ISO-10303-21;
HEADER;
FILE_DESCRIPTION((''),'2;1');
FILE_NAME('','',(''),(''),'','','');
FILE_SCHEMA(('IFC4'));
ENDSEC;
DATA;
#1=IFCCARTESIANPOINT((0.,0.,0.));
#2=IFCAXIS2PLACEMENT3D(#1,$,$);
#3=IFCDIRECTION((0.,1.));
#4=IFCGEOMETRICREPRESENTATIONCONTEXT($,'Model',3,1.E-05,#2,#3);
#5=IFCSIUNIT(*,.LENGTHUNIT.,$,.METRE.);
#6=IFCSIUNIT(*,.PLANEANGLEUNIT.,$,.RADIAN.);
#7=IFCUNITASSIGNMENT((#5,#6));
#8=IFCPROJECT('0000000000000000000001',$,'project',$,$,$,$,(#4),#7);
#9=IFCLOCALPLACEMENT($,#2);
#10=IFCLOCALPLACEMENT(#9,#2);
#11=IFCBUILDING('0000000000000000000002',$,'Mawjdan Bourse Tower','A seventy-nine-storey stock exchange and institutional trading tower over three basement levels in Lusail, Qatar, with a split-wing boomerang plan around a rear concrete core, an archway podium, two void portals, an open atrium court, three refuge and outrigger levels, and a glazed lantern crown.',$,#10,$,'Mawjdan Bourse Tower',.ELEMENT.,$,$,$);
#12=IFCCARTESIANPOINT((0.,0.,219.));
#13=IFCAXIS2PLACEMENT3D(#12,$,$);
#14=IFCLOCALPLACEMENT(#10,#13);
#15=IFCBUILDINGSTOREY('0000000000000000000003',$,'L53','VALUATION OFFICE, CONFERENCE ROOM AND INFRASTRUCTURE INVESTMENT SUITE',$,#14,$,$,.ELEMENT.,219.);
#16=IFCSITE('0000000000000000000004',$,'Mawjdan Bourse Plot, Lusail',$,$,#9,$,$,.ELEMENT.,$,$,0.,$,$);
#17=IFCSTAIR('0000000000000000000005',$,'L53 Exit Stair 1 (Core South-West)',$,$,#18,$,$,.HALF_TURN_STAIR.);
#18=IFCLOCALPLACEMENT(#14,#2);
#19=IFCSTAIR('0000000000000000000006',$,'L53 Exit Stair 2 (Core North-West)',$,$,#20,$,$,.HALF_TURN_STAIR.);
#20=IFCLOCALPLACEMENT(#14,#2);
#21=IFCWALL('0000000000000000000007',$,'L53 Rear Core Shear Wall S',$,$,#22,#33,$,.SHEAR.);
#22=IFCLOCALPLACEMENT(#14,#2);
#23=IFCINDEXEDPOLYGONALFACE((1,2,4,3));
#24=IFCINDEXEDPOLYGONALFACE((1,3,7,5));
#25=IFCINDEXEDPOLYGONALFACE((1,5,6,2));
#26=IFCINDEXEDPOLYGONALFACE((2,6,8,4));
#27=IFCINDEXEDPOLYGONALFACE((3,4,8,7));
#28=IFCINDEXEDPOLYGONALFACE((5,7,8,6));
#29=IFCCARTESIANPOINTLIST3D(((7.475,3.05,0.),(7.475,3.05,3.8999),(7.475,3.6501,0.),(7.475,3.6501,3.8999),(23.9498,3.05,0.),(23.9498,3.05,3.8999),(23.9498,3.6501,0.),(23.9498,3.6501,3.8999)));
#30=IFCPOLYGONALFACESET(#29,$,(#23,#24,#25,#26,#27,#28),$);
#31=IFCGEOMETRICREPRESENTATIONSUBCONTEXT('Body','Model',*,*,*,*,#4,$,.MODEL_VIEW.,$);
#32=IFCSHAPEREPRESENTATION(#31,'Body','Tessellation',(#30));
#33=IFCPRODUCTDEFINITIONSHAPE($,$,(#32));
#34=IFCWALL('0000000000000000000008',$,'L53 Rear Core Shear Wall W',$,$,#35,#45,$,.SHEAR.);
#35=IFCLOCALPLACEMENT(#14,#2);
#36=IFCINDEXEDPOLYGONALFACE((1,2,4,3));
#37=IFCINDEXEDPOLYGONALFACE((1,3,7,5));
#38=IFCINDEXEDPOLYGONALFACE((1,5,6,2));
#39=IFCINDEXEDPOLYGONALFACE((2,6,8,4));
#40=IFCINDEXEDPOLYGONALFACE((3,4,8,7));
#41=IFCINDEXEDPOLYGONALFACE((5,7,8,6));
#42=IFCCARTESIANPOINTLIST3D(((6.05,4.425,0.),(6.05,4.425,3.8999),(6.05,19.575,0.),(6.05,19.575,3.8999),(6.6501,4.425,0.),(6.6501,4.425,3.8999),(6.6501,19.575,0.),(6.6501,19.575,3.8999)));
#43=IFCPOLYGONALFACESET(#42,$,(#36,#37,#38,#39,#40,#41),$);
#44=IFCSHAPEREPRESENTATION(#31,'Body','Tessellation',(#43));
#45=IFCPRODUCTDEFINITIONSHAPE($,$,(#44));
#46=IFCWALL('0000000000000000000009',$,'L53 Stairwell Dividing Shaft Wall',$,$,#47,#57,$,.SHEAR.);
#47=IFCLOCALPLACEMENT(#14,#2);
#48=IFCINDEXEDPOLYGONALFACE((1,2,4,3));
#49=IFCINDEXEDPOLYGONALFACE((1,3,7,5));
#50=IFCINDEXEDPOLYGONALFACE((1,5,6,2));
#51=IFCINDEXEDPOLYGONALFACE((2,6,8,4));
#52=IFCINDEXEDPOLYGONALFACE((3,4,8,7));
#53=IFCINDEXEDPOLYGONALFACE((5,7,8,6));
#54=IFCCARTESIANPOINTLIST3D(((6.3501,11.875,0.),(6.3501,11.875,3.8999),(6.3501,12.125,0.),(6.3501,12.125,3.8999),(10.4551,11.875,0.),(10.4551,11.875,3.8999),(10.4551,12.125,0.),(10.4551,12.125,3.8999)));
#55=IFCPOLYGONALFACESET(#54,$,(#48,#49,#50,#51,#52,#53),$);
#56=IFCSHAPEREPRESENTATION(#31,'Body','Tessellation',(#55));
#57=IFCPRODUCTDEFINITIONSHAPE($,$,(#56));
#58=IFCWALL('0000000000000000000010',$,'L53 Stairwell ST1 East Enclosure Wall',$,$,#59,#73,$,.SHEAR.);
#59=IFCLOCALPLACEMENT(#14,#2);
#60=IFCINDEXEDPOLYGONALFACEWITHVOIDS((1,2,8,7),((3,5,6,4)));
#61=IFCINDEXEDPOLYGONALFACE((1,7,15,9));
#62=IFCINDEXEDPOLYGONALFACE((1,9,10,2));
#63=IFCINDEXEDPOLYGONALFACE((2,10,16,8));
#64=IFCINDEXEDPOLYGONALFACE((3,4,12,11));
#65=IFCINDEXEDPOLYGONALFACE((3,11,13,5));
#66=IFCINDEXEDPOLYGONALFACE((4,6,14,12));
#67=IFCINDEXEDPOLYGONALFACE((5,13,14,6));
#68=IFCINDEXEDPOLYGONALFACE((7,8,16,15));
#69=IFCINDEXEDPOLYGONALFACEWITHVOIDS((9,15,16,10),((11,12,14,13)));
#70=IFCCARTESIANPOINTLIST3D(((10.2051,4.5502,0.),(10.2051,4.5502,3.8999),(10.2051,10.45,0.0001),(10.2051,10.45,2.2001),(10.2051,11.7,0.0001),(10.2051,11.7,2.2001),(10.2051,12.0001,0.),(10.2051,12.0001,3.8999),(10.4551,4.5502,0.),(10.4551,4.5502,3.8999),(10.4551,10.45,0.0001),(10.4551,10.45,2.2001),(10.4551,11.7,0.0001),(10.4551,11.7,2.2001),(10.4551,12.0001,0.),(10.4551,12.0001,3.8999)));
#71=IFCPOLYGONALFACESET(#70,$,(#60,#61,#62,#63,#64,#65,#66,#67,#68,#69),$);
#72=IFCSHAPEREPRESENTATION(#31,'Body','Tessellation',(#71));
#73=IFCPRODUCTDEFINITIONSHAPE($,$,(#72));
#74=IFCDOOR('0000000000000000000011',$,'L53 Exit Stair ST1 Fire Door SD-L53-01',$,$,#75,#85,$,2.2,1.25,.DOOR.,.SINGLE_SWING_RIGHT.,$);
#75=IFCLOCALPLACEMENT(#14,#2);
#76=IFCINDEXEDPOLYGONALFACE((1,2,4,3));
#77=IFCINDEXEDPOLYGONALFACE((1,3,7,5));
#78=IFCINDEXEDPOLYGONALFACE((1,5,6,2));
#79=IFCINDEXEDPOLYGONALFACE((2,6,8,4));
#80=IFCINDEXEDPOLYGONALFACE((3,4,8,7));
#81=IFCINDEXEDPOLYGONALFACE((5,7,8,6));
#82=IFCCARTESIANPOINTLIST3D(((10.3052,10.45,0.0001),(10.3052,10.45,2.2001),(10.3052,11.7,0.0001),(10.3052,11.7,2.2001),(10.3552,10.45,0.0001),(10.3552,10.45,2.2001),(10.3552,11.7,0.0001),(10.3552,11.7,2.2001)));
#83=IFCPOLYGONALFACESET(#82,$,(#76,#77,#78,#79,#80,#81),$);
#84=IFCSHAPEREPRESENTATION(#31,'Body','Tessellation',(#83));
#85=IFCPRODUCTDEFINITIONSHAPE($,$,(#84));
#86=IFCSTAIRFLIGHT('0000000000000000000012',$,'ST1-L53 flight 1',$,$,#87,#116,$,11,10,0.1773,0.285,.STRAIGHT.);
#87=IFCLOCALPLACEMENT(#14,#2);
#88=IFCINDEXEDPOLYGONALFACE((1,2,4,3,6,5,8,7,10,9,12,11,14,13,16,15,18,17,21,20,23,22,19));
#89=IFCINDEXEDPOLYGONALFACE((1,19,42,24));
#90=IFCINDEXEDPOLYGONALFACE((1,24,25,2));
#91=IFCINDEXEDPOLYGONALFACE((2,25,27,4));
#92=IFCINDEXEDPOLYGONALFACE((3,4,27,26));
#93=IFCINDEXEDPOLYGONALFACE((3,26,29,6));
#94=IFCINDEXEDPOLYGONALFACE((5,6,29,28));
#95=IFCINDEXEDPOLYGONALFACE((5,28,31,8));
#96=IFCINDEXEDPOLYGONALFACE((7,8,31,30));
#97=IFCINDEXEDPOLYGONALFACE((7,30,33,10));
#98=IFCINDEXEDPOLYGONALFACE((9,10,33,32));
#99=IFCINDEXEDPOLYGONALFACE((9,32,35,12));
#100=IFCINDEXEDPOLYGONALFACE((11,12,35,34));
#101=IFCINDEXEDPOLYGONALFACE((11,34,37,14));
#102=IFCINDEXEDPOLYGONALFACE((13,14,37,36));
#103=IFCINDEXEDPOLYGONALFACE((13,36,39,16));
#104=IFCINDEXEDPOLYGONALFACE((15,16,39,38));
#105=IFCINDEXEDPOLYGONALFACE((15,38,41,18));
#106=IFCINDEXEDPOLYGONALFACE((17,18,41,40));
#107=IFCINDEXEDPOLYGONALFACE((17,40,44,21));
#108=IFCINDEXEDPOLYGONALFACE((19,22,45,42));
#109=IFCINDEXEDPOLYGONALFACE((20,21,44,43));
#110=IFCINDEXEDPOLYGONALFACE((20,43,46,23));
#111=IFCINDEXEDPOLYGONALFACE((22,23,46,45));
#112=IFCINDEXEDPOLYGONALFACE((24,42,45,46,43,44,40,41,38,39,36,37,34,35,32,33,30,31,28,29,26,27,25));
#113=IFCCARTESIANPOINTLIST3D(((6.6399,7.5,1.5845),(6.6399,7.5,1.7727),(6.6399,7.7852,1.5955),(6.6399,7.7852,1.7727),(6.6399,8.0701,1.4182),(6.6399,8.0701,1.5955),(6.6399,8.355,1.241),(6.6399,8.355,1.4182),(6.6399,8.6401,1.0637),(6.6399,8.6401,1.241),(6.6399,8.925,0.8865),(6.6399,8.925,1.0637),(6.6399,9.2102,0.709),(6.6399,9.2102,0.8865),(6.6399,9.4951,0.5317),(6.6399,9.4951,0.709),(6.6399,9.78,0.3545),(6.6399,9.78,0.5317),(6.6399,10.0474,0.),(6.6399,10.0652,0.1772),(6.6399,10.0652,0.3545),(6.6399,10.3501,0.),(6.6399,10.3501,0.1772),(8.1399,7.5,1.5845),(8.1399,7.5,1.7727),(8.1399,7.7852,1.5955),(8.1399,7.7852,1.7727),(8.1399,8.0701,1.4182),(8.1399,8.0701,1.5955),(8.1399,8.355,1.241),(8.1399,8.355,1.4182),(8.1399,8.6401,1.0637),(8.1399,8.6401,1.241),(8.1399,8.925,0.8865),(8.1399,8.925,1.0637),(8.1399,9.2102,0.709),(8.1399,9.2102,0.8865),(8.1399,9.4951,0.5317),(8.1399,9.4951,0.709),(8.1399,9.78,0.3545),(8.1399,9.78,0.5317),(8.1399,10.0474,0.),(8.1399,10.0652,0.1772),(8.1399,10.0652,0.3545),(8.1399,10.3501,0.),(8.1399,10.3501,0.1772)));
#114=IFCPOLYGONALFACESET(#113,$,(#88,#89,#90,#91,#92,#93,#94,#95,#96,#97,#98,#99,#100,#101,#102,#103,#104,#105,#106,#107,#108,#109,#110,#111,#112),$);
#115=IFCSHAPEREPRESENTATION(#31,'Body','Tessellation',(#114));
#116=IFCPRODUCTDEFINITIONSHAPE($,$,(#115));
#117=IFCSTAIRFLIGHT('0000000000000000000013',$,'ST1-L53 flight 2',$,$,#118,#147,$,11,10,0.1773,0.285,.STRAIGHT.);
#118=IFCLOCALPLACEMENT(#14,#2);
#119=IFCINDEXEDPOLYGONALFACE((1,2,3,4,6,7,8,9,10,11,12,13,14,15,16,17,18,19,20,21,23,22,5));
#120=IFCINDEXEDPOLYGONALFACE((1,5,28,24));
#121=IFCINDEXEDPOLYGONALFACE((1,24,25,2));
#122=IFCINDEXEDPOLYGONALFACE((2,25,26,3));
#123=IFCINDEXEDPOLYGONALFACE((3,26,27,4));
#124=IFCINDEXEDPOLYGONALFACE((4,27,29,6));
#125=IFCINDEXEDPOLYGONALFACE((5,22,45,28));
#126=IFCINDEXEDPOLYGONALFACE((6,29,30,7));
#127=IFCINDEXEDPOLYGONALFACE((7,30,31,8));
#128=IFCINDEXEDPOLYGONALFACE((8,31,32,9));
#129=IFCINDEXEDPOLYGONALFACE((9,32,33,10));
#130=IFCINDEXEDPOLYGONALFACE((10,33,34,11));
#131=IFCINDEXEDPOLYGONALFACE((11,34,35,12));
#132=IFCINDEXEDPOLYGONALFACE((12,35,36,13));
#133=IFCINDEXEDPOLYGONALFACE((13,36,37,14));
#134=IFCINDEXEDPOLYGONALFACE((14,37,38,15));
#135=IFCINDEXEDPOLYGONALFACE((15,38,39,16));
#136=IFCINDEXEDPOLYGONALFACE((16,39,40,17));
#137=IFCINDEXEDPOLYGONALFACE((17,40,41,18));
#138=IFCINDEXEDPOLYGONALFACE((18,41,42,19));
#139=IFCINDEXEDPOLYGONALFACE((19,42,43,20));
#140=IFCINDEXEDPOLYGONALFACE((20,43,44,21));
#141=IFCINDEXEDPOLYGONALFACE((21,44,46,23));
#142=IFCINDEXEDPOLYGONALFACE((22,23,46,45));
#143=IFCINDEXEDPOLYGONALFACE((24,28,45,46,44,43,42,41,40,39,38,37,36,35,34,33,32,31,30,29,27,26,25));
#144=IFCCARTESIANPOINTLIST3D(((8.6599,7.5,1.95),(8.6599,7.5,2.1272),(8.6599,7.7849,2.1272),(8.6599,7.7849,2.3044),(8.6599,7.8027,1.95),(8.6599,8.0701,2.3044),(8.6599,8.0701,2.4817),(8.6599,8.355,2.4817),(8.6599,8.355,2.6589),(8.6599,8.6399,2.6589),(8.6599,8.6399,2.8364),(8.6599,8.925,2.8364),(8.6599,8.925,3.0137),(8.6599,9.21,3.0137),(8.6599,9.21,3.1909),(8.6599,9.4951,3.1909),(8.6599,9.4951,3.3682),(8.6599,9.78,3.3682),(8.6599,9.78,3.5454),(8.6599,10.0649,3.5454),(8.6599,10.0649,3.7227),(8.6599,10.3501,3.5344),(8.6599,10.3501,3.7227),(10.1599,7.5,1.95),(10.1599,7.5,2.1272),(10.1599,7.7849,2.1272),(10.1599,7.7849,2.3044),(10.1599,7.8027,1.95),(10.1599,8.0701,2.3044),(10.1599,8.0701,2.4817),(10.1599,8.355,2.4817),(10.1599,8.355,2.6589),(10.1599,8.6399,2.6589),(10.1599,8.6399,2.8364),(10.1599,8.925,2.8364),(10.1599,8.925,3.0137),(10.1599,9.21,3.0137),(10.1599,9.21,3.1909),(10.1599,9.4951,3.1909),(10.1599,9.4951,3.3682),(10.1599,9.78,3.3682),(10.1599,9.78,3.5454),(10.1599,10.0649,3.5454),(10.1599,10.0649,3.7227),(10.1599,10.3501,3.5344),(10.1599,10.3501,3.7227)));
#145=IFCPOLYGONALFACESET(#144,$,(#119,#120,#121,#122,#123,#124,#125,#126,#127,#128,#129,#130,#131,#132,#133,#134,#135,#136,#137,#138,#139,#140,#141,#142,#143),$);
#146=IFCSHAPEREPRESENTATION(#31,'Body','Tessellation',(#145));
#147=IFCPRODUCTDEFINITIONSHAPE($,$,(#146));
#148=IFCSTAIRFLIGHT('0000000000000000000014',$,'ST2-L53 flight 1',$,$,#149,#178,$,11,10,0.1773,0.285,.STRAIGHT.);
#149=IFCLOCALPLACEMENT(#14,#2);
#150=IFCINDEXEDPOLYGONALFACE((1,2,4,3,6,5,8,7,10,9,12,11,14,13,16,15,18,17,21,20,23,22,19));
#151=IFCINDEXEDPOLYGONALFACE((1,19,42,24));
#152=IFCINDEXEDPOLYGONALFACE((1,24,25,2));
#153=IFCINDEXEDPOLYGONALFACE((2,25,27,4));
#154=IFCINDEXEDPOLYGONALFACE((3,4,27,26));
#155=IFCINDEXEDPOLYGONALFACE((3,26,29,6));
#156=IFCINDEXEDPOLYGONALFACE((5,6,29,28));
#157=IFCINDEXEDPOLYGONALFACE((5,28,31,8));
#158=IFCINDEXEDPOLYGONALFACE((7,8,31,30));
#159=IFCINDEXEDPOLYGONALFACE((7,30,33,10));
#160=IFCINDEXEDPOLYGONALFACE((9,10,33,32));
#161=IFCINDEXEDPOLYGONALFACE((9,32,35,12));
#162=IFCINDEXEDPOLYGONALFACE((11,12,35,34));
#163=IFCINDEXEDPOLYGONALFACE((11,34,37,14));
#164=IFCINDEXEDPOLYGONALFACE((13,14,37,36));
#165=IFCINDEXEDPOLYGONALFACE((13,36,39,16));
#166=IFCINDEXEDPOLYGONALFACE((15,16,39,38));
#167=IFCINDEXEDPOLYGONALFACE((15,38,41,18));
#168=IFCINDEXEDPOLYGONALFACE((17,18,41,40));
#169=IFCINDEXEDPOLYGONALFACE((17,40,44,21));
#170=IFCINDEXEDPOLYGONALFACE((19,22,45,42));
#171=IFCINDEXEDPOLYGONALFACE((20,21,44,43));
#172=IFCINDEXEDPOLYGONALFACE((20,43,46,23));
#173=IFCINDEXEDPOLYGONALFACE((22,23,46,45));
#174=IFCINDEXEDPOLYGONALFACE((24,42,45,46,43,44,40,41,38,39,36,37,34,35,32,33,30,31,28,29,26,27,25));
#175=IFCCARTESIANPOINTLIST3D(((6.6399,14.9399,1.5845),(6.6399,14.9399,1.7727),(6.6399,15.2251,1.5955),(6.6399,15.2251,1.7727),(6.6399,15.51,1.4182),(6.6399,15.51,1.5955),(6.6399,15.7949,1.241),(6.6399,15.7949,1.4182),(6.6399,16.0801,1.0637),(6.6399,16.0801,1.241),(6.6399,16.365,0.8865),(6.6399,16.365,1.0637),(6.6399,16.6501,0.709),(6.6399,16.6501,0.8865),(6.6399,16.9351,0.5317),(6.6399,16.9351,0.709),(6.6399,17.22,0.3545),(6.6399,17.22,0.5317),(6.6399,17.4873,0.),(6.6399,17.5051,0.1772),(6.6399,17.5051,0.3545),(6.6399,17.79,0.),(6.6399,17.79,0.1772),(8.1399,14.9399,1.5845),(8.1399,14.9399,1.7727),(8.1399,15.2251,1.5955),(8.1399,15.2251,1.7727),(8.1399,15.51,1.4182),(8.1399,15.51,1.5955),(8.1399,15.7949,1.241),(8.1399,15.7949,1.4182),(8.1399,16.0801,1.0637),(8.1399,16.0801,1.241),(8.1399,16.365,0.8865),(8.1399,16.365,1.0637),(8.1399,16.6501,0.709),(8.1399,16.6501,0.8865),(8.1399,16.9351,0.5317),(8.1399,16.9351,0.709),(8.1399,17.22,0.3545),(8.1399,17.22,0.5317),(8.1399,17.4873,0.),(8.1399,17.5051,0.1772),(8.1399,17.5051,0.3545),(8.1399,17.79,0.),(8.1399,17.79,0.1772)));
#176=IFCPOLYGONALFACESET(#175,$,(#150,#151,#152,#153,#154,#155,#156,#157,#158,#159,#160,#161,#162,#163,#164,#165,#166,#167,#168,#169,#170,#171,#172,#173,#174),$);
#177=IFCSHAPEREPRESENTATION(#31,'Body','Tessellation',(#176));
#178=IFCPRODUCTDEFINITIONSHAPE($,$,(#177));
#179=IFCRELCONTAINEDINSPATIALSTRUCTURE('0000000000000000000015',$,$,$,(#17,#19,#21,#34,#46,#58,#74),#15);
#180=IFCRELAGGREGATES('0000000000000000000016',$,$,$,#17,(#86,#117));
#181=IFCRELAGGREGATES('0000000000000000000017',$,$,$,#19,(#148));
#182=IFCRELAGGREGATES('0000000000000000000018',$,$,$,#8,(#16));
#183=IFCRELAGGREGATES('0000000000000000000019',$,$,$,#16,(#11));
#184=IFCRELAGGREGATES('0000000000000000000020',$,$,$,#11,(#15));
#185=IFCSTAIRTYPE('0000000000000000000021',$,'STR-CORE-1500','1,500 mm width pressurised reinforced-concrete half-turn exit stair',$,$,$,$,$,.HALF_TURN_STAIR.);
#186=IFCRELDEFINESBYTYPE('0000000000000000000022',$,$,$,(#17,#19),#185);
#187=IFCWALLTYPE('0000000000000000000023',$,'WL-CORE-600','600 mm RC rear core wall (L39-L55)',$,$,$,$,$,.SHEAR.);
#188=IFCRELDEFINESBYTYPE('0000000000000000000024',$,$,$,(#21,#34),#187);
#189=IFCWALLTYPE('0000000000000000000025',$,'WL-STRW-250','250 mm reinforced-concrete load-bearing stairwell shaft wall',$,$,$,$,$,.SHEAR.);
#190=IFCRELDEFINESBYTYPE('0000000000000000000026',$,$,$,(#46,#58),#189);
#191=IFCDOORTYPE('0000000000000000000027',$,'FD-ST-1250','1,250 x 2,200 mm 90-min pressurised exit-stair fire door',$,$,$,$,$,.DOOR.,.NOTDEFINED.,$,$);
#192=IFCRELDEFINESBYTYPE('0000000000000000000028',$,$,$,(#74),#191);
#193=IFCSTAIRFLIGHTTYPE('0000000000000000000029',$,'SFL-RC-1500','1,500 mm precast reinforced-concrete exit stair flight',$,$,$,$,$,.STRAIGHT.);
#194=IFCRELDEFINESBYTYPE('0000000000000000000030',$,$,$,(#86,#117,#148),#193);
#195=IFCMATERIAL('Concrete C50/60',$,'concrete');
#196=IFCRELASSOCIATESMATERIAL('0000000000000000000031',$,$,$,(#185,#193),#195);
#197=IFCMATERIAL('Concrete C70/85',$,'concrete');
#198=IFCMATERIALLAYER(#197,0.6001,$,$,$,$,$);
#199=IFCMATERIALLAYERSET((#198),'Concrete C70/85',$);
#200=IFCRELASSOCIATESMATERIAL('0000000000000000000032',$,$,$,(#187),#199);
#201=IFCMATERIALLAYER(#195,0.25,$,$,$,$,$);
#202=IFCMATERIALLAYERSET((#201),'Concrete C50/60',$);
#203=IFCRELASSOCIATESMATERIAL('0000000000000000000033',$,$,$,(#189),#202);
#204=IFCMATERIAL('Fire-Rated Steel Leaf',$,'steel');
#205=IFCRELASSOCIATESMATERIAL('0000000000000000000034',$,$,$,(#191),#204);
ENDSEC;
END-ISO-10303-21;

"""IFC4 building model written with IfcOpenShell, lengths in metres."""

from ifc_helpers import new_model, si_unit, direction, frame, frame_2d, origin, place, context, subcontext, project, spatial, polyline, rectangle, outline, extrude, material, layer, layer_set, type_object, element, fill, aggregate, save


model = new_model("IFC4")

# Units and contexts
model_context = context("Model", 3, precision=1e-05, world=origin(), true_north=direction((0.0, 1.0)))
body_context = subcontext(model_context, "Body", "Model", "MODEL_VIEW")
ifc_project = project(units=[si_unit("LENGTHUNIT", "METRE"), si_unit("PLANEANGLEUNIT", "RADIAN")], contexts=[model_context])

# Site, building, storey
site_placement = place(None, origin())
site = spatial("IfcSite", under=ifc_project, at=site_placement, Name="Mawjdan Bourse Plot, Lusail", CompositionType="ELEMENT", RefElevation=0.0)
building_placement = place(site_placement, origin())
building = spatial("IfcBuilding", under=site, at=building_placement, Name="Mawjdan Bourse Tower", Description="A seventy-nine-storey stock exchange and institutional trading tower over three basement levels in Lusail, Qatar, with a split-wing boomerang plan around a rear concrete core, an archway podium, two void portals, an open atrium court, three refuge and outrigger levels, and a glazed lantern crown.", LongName="Mawjdan Bourse Tower", CompositionType="ELEMENT")
storey_placement = place(building_placement, frame((0.0, 0.0, 219.0)))
storey = spatial("IfcBuildingStorey", under=building, at=storey_placement, Name="L53", Description="VALUATION OFFICE, CONFERENCE ROOM AND INFRASTRUCTURE INVESTMENT SUITE", CompositionType="ELEMENT", Elevation=219.0)

# Stairs
ifc_material_1 = material(Name="Concrete C50/60", Category="concrete")
stair_type = type_object("IfcStairType", Name="STR-CORE-1500", Description="1,500 mm width pressurised reinforced-concrete half-turn exit stair", PredefinedType="HALF_TURN_STAIR", material=ifc_material_1)
stair_1_placement = place(storey_placement, origin())
stair_1 = element("IfcStair", 1, at=stair_1_placement, inside=storey, type_object=stair_type, Name="L53 Exit Stair 1 (Core South-West)", PredefinedType="HALF_TURN_STAIR")
stair_2_placement = place(storey_placement, origin())
stair_2 = element("IfcStair", 2, at=stair_2_placement, inside=storey, type_object=stair_type, Name="L53 Exit Stair 2 (Core North-West)", PredefinedType="HALF_TURN_STAIR")

# Walls
ifc_material_2 = material(Name="Concrete C70/85", Category="concrete")
ifc_layer_1 = layer(ifc_material_2, 0.6001)
ifc_layer_set_1 = layer_set([ifc_layer_1], Name="Concrete C70/85")
wall_type_1 = type_object("IfcWallType", Name="WL-CORE-600", Description="600 mm RC rear core wall (L39-L55)", PredefinedType="SHEAR", material=ifc_layer_set_1)
wall_1_placement = place(storey_placement, frame((7.4751, 3.3501, 0.0), z_axis=(0.0, 0.0, 1.0), x_axis=(1.0, 0.0, 0.0)))
element("IfcWall", 3, at=wall_1_placement, inside=storey, type_object=wall_type_1, Name="L53 Rear Core Shear Wall S", PredefinedType="SHEAR", context=body_context, shape_type="SweptSolid", body=[
    extrude(rectangle(XDim=16.4749, YDim=0.6001, at=frame_2d((8.2373, 0.0))), origin(), (0.0, 0.0, 1.0), 3.8999),
])
wall_2_placement = place(storey_placement, frame((6.3501, 4.425, 0.0), z_axis=(0.0, 0.0, 1.0), x_axis=(0.0, 1.0, 0.0)))
element("IfcWall", 4, at=wall_2_placement, inside=storey, type_object=wall_type_1, Name="L53 Rear Core Shear Wall W", PredefinedType="SHEAR", context=body_context, shape_type="SweptSolid", body=[
    extrude(rectangle(XDim=15.1499, YDim=0.6001, at=frame_2d((7.575, 0.0))), origin(), (0.0, 0.0, 1.0), 3.8999),
])
ifc_layer_2 = layer(ifc_material_1, 0.25)
ifc_layer_set_2 = layer_set([ifc_layer_2], Name="Concrete C50/60")
wall_type_2 = type_object("IfcWallType", Name="WL-STRW-250", Description="250 mm reinforced-concrete load-bearing stairwell shaft wall", PredefinedType="SHEAR", material=ifc_layer_set_2)
wall_3_placement = place(storey_placement, frame((6.3501, 12.0, 0.0), z_axis=(0.0, 0.0, 1.0), x_axis=(1.0, 0.0, 0.0)))
element("IfcWall", 5, at=wall_3_placement, inside=storey, type_object=wall_type_2, Name="L53 Stairwell Dividing Shaft Wall", PredefinedType="SHEAR", context=body_context, shape_type="SweptSolid", body=[
    extrude(rectangle(XDim=4.105, YDim=0.25, at=frame_2d((2.0525, 0.0))), origin(), (0.0, 0.0, 1.0), 3.8999),
])

# Wall, opening, door
wall_4_placement = place(storey_placement, frame((10.3301, 4.55, 0.0), z_axis=(0.0, 0.0, 1.0), x_axis=(0.0, 1.0, 0.0)))
wall_4 = element("IfcWall", 6, at=wall_4_placement, inside=storey, type_object=wall_type_2, Name="L53 Stairwell ST1 East Enclosure Wall", PredefinedType="SHEAR", context=body_context, shape_type="SweptSolid", body=[
    extrude(rectangle(XDim=7.45, YDim=0.25, at=frame_2d((3.7251, 0.0))), origin(), (0.0, 0.0, 1.0), 3.8999),
])
opening_placement = place(wall_4_placement, frame((5.8999, 0.0, 0.0)))
opening = element("IfcOpeningElement", 7, at=opening_placement, cuts=wall_4, PredefinedType="OPENING", context=body_context, shape_type="SweptSolid", body=[
    extrude(rectangle(XDim=1.25, YDim=2.2, at=frame_2d((0.625, 1.1001))), frame((0.0, 0.135, 0.0), z_axis=(0.0, -1.0, 0.0), x_axis=(1.0, 0.0, 0.0)), (0.0, 0.0, 1.0), 0.27),
])
ifc_material_3 = material(Name="Fire-Rated Steel Leaf", Category="steel")
door_type = type_object("IfcDoorType", Name="FD-ST-1250", Description="1,250 x 2,200 mm 90-min pressurised exit-stair fire door", OperationType="NOTDEFINED", PredefinedType="DOOR", material=ifc_material_3)
door_placement = place(opening_placement, origin())
door = element("IfcDoor", 8, at=door_placement, inside=storey, type_object=door_type, Name="L53 Exit Stair ST1 Fire Door SD-L53-01", OperationType="SINGLE_SWING_RIGHT", OverallHeight=2.2, OverallWidth=1.25, PredefinedType="DOOR", context=body_context, shape_type="SweptSolid", body=[
    extrude(rectangle(XDim=1.25, YDim=2.2, at=frame_2d((0.625, 1.1001))), frame((0.0, 0.0249, 0.0), z_axis=(0.0, -1.0, 0.0), x_axis=(1.0, 0.0, 0.0)), (0.0, 0.0, 1.0), 0.05),
])
fill(opening, door)

# Stair flights
stair_flight_type = type_object("IfcStairFlightType", Name="SFL-RC-1500", Description="1,500 mm precast reinforced-concrete exit stair flight", PredefinedType="STRAIGHT", material=ifc_material_1)
stair_flight_1_placement = place(storey_placement, frame((7.3899, 10.3501, 0.0), z_axis=(0.0, 0.0, 1.0), x_axis=(0.0, -1.0, 0.0)))
stair_flight_1 = element("IfcStairFlight", 9, at=stair_flight_1_placement, type_object=stair_flight_type, Name="ST1-L53 flight 1", NumberOfRisers=11, NumberOfTreads=10, PredefinedType="STRAIGHT", RiserHeight=0.1773, TreadLength=0.285, context=body_context, shape_type="SweptSolid", body=[
    extrude(outline(polyline([(0.0, 0.0), (0.0, 0.1772), (0.2849, 0.1772), (0.2849, 0.3545), (0.5701, 0.3545), (0.5701, 0.5317), (0.855, 0.5317), (0.855, 0.709), (1.1399, 0.709), (1.1399, 0.8865), (1.425, 0.8865), (1.425, 1.0637), (1.71, 1.0637), (1.71, 1.241), (1.9951, 1.241), (1.9951, 1.4182), (2.28, 1.4182), (2.28, 1.5955), (2.5649, 1.5955), (2.5649, 1.7727), (2.8501, 1.7727), (2.8501, 1.95), (2.8501, 1.5845), (0.3027, 0.0), (0.0, 0.0)])), frame((0.0, 0.75, 0.0), z_axis=(0.0, -1.0, 0.0), x_axis=(1.0, 0.0, 0.0)), (0.0, 0.0, 1.0), 1.5),
])
stair_flight_2_placement = place(storey_placement, frame((9.4099, 7.5, 1.95), z_axis=(0.0, 0.0, 1.0), x_axis=(0.0, 1.0, 0.0)))
stair_flight_2 = element("IfcStairFlight", 10, at=stair_flight_2_placement, type_object=stair_flight_type, Name="ST1-L53 flight 2", NumberOfRisers=11, NumberOfTreads=10, PredefinedType="STRAIGHT", RiserHeight=0.1773, TreadLength=0.285, context=body_context, shape_type="SweptSolid", body=[
    extrude(outline(polyline([(0.0, 0.0), (0.0, 0.1772), (0.2849, 0.1772), (0.2849, 0.3545), (0.5701, 0.3545), (0.5701, 0.5317), (0.855, 0.5317), (0.855, 0.709), (1.1399, 0.709), (1.1399, 0.8865), (1.425, 0.8865), (1.425, 1.0637), (1.71, 1.0637), (1.71, 1.241), (1.9951, 1.241), (1.9951, 1.4182), (2.28, 1.4182), (2.28, 1.5955), (2.5649, 1.5955), (2.5649, 1.7727), (2.8501, 1.7727), (2.8501, 1.95), (2.8501, 1.5845), (0.3027, 0.0), (0.0, 0.0)])), frame((0.0, 0.75, 0.0), z_axis=(0.0, -1.0, 0.0), x_axis=(1.0, 0.0, 0.0)), (0.0, 0.0, 1.0), 1.5),
])
aggregate(stair_1, [stair_flight_1, stair_flight_2])
stair_flight_3_placement = place(storey_placement, frame((7.3899, 17.79, 0.0), z_axis=(0.0, 0.0, 1.0), x_axis=(0.0, -1.0, 0.0)))
stair_flight_3 = element("IfcStairFlight", 11, at=stair_flight_3_placement, type_object=stair_flight_type, Name="ST2-L53 flight 1", NumberOfRisers=11, NumberOfTreads=10, PredefinedType="STRAIGHT", RiserHeight=0.1773, TreadLength=0.285, context=body_context, shape_type="SweptSolid", body=[
    extrude(outline(polyline([(0.0, 0.0), (0.0, 0.1772), (0.2849, 0.1772), (0.2849, 0.3545), (0.5701, 0.3545), (0.5701, 0.5317), (0.855, 0.5317), (0.855, 0.709), (1.1399, 0.709), (1.1399, 0.8865), (1.425, 0.8865), (1.425, 1.0637), (1.71, 1.0637), (1.71, 1.241), (1.9951, 1.241), (1.9951, 1.4182), (2.28, 1.4182), (2.28, 1.5955), (2.5649, 1.5955), (2.5649, 1.7727), (2.8501, 1.7727), (2.8501, 1.95), (2.8501, 1.5845), (0.3027, 0.0), (0.0, 0.0)])), frame((0.0, 0.75, 0.0), z_axis=(0.0, -1.0, 0.0), x_axis=(1.0, 0.0, 0.0)), (0.0, 0.0, 1.0), 1.5),
])
aggregate(stair_2, [stair_flight_3])

save(model, "model.ifc")
